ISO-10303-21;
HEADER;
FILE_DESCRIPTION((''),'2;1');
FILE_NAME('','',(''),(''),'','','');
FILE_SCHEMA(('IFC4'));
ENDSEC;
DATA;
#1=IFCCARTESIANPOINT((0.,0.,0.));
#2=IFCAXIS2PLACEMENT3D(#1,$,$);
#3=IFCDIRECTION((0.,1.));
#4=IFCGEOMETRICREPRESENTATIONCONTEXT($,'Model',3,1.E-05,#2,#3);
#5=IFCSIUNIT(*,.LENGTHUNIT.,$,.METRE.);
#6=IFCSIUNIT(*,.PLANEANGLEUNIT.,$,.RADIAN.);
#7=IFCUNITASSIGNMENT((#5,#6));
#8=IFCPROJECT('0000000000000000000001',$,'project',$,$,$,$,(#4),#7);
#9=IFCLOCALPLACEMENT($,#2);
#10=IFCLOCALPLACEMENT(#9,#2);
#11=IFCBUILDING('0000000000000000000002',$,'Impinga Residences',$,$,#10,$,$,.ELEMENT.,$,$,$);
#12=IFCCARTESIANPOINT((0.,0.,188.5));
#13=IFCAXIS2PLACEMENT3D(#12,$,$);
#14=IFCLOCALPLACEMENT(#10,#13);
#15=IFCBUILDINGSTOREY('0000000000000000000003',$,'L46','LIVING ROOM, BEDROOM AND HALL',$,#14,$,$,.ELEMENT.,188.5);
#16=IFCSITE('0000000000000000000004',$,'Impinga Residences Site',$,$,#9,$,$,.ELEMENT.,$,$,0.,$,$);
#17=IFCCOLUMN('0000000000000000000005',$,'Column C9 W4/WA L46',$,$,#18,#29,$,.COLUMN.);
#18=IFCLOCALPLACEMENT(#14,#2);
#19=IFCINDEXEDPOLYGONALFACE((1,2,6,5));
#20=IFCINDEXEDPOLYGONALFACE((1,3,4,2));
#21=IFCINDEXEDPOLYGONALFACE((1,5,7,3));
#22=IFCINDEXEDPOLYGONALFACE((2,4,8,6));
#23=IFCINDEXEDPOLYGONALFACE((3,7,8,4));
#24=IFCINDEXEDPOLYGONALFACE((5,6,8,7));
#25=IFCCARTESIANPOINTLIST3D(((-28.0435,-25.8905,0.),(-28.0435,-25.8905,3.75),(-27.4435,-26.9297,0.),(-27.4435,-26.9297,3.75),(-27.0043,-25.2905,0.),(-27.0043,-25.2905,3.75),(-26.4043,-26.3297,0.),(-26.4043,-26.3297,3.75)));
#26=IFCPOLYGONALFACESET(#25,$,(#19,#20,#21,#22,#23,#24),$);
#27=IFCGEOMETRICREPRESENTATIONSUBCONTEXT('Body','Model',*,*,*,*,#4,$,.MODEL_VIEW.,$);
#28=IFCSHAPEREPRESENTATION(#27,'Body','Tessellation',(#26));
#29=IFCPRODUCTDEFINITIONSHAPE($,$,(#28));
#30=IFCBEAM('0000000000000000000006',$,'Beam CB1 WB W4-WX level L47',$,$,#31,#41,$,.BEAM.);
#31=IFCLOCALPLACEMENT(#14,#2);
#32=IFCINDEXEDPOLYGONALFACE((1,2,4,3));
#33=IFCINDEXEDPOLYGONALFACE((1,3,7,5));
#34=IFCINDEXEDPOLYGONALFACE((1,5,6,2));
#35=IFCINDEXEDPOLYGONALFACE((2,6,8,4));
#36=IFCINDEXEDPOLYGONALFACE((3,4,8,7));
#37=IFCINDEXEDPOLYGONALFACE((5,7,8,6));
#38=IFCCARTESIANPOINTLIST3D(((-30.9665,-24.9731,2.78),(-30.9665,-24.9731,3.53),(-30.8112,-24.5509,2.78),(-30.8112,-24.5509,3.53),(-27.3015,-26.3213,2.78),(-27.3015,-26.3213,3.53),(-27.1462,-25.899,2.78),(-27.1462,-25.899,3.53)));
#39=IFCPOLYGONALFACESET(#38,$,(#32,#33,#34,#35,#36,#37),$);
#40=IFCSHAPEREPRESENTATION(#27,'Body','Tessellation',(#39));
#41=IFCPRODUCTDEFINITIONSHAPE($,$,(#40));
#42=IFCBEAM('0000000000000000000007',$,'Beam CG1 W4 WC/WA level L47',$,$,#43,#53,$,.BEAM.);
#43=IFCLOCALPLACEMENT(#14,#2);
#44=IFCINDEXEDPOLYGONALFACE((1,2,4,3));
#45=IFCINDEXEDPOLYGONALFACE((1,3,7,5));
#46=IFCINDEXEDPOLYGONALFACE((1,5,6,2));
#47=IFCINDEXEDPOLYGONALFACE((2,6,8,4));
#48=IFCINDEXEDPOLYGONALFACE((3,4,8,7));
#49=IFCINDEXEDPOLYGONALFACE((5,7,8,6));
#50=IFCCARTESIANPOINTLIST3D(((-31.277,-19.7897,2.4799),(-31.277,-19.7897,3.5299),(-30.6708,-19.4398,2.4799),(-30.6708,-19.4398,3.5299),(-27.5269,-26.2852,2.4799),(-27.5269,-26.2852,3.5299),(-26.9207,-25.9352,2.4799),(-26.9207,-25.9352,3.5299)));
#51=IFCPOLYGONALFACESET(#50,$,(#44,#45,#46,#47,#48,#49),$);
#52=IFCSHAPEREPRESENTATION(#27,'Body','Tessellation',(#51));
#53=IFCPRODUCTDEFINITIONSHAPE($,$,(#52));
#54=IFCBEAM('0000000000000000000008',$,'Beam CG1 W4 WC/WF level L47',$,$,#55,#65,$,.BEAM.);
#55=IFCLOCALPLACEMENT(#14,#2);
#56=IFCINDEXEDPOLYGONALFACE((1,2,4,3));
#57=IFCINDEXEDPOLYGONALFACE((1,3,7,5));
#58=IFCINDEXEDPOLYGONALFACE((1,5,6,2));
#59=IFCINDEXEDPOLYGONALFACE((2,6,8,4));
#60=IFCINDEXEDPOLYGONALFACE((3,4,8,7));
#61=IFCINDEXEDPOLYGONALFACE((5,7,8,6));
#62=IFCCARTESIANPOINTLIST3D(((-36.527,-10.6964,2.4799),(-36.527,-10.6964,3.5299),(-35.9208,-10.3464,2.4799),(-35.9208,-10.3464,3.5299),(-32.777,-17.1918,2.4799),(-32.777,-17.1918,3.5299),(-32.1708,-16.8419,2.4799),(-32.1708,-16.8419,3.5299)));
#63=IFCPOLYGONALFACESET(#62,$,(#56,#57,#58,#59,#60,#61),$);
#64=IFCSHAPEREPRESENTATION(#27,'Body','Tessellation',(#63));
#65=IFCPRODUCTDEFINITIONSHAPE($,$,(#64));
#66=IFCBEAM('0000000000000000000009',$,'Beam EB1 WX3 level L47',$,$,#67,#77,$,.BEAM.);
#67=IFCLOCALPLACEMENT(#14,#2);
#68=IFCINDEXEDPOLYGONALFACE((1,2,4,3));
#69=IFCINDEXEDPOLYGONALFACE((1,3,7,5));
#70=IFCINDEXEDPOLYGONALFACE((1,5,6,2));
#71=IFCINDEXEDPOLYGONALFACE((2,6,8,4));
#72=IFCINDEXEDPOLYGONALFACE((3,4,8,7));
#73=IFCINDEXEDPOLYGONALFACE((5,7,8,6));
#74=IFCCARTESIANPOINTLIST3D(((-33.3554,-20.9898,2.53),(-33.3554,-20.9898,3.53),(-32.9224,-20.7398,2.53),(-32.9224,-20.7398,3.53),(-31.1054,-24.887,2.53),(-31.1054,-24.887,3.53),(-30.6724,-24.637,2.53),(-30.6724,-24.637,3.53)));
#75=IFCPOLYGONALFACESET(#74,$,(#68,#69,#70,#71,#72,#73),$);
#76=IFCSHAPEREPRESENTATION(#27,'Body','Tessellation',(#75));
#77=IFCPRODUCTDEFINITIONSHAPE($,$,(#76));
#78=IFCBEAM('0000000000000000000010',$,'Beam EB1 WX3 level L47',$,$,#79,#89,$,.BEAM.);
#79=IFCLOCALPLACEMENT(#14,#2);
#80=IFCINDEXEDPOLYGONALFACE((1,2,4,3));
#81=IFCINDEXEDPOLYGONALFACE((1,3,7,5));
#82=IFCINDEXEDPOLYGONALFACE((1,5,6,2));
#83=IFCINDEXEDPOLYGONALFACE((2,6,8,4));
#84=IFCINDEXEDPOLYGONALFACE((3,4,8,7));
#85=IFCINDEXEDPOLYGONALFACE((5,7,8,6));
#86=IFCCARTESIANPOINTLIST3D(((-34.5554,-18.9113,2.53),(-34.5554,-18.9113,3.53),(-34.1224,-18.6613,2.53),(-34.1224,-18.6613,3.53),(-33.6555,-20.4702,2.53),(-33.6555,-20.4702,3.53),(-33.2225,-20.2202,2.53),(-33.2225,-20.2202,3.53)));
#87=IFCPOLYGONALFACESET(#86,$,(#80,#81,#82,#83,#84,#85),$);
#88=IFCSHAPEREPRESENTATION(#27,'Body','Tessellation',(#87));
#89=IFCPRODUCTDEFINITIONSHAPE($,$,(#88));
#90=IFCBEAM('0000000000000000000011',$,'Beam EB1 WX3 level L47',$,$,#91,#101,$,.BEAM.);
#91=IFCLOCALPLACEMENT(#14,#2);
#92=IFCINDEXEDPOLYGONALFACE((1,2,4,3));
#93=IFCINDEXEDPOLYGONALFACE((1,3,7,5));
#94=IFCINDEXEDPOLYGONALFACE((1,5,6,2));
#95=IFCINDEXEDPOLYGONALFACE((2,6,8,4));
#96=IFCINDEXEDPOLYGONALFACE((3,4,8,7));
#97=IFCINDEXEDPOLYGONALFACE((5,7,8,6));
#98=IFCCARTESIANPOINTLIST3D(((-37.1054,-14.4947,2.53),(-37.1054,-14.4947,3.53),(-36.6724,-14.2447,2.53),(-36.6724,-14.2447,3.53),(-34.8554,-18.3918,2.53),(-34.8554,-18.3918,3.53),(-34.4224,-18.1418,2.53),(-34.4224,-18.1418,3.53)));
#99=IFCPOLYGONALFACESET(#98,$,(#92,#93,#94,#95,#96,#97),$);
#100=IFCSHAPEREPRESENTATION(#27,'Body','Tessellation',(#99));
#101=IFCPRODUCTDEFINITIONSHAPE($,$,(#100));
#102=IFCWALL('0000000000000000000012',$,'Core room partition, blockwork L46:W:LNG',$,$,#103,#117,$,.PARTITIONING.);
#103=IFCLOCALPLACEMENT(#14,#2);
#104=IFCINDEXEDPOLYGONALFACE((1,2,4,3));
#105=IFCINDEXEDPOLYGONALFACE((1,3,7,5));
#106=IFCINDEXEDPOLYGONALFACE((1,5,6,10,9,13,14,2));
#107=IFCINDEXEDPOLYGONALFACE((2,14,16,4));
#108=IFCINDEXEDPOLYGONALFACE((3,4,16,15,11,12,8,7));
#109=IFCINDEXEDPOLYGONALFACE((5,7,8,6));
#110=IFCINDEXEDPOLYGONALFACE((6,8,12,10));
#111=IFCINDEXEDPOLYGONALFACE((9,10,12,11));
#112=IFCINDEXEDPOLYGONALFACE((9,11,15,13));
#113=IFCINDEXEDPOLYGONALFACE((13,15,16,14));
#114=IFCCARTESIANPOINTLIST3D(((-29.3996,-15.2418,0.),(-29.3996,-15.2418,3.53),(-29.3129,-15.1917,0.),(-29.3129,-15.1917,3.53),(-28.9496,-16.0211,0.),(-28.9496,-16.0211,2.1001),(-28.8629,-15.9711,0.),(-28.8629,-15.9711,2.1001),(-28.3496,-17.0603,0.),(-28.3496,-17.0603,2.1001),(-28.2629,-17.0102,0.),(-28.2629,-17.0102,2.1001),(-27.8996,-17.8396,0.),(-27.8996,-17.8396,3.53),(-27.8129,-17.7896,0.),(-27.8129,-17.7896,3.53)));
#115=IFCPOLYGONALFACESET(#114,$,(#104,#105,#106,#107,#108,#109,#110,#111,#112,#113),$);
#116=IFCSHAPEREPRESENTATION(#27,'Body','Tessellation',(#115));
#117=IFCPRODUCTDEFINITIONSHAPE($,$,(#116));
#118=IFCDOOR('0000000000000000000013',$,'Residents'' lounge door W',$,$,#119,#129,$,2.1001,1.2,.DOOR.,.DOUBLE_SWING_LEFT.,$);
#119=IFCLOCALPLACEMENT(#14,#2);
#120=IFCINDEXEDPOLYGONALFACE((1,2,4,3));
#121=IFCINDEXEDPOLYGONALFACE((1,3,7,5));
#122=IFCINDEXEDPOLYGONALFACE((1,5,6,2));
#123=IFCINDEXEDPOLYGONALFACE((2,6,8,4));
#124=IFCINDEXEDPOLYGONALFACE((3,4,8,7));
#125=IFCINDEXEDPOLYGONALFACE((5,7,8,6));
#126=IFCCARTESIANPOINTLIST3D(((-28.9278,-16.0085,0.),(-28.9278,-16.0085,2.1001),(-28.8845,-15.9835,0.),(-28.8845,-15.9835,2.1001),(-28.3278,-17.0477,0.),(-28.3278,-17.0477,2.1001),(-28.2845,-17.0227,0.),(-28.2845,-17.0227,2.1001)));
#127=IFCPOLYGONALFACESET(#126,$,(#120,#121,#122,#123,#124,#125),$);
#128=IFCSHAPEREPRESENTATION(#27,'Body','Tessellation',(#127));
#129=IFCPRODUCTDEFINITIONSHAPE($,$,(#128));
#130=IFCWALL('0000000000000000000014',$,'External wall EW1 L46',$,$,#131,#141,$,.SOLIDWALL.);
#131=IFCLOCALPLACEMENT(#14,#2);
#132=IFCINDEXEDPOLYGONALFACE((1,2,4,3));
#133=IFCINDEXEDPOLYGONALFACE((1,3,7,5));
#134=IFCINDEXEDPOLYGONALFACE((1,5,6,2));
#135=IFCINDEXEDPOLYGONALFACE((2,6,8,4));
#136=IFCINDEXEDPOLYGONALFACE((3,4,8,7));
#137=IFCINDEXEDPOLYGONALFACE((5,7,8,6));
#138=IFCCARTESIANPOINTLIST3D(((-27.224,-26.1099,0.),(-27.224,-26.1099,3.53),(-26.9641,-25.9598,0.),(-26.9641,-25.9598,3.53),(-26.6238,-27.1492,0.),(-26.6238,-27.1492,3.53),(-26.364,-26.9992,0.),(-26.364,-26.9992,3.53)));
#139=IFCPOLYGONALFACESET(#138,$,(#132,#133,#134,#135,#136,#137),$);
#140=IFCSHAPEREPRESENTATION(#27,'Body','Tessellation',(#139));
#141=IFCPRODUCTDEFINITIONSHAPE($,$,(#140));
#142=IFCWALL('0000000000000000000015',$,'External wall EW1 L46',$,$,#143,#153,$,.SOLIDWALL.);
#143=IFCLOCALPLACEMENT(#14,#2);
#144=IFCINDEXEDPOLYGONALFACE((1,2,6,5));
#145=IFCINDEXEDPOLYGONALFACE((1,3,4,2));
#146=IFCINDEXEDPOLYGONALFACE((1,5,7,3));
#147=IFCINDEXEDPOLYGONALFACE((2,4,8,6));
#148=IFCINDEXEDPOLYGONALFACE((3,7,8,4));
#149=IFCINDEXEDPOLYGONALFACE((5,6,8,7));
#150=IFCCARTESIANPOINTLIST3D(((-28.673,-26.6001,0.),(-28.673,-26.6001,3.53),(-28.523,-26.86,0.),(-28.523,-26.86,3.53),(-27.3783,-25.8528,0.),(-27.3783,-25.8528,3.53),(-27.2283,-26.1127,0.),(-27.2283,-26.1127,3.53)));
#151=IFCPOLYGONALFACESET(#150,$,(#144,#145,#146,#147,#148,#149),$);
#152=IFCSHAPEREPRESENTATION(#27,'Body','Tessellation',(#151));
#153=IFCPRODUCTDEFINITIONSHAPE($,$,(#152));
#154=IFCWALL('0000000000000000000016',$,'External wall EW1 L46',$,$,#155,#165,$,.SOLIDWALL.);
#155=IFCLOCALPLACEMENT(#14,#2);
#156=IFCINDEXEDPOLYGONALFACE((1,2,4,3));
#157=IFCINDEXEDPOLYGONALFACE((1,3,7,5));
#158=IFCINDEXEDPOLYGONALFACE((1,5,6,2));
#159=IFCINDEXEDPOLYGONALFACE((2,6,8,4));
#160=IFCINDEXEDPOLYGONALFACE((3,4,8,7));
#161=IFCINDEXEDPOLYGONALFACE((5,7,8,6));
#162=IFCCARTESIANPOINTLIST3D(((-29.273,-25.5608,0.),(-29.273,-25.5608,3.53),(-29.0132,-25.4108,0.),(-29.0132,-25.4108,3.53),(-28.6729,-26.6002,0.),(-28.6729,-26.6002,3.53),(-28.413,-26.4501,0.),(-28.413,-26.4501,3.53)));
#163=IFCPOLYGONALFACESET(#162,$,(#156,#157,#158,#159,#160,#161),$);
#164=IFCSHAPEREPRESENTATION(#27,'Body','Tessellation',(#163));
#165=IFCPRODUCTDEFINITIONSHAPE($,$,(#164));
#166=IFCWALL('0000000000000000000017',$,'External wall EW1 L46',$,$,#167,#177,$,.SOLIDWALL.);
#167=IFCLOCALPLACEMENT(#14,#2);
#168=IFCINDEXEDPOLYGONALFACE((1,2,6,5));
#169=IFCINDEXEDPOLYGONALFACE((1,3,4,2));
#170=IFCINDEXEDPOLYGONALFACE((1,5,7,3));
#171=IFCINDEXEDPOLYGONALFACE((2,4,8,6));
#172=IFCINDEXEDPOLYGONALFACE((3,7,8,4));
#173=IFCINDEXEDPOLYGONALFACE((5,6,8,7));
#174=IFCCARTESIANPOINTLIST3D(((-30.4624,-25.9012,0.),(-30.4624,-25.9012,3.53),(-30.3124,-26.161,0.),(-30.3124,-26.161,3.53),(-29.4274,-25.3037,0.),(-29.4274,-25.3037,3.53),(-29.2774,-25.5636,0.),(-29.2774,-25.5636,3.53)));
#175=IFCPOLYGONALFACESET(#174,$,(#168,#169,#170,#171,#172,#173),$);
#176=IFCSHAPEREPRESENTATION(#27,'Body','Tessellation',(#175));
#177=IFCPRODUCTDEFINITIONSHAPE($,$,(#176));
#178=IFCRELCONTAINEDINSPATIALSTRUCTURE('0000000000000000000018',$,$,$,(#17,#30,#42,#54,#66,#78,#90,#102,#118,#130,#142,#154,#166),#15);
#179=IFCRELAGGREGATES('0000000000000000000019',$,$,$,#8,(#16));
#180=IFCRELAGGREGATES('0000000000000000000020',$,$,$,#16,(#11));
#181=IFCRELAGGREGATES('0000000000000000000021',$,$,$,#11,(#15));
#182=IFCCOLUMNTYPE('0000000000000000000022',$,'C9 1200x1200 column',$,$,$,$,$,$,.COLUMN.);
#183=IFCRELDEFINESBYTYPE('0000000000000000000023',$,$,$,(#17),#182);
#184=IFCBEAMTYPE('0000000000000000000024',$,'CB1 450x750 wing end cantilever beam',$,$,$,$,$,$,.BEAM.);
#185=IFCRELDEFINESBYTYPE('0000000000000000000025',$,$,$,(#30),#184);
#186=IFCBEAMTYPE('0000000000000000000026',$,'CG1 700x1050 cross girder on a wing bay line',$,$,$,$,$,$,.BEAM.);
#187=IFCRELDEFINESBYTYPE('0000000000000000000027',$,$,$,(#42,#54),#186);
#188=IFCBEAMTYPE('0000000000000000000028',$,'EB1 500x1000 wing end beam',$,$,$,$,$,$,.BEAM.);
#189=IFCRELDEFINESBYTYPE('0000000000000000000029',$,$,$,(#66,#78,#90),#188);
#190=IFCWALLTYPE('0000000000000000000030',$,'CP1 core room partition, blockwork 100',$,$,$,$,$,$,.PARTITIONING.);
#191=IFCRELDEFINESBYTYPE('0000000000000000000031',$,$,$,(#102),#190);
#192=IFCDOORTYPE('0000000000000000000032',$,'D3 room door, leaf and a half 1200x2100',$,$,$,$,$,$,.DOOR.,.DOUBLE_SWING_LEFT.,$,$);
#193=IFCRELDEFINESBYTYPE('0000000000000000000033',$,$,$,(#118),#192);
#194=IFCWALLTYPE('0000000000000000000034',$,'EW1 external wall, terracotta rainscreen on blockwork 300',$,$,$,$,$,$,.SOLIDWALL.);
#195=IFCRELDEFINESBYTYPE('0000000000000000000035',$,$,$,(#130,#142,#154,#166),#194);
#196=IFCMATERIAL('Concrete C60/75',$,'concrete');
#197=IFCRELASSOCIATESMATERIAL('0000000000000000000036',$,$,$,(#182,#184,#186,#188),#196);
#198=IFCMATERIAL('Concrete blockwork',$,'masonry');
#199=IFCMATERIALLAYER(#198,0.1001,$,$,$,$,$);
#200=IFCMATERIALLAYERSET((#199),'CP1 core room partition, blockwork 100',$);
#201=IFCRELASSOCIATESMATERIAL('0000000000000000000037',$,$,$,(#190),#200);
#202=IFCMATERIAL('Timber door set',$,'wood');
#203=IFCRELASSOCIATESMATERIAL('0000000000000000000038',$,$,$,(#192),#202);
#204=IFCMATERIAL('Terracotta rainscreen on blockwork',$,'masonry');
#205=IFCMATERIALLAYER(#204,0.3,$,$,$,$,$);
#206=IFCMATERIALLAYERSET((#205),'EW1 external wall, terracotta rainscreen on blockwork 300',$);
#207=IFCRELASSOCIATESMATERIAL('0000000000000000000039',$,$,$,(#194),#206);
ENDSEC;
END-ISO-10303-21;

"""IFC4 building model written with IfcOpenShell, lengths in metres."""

from ifc_helpers import new_model, si_unit, direction, frame, frame_2d, origin, origin_2d, place, context, subcontext, project, spatial, rectangle, extrude, material, layer, layer_set, material_profile, profile_set, type_object, element, fill, save


model = new_model("IFC4")

# Units and contexts
model_context = context("Model", 3, precision=1e-05, world=origin(), true_north=direction((0.0, 1.0)))
body_context = subcontext(model_context, "Body", "Model", "MODEL_VIEW")
ifc_project = project(units=[si_unit("LENGTHUNIT", "METRE"), si_unit("PLANEANGLEUNIT", "RADIAN")], contexts=[model_context])

# Site, building, storey
site_placement = place(None, origin())
site = spatial("IfcSite", under=ifc_project, at=site_placement, Name="Impinga Residences Site", CompositionType="ELEMENT", RefElevation=0.0)
building_placement = place(site_placement, origin())
building = spatial("IfcBuilding", under=site, at=building_placement, Name="Impinga Residences", CompositionType="ELEMENT")
storey_placement = place(building_placement, frame((0.0, 0.0, 188.5)))
storey = spatial("IfcBuildingStorey", under=building, at=storey_placement, Name="L46", Description="LIVING ROOM, BEDROOM AND HALL", CompositionType="ELEMENT", Elevation=188.5)

# Column
ifc_material_1 = material(Name="Concrete C60/75", Category="concrete")
ifc_material_profile_1 = material_profile(ifc_material_1, rectangle(XDim=1.2, YDim=1.2, at=origin_2d()), Name="RC 1200x1200")
ifc_profile_set_1 = profile_set([ifc_material_profile_1], Name="Concrete C60/75")
column_type = type_object("IfcColumnType", Name="C9 1200x1200 column", PredefinedType="COLUMN", material=ifc_profile_set_1)
column_placement = place(storey_placement, frame((-27.2239, -26.1101, 0.0), z_axis=(0.0, 0.0, 1.0), x_axis=(-0.5, 0.866025, 0.0)))
element("IfcColumn", 1, at=column_placement, inside=storey, type_object=column_type, Name="Column C9 W4/WA L46", PredefinedType="COLUMN", context=body_context, shape_type="SweptSolid", body=[
    extrude(rectangle(XDim=1.2, YDim=1.2, at=origin_2d()), origin(), (0.0, 0.0, 1.0), 3.75),
])

# Beams
ifc_material_profile_2 = material_profile(ifc_material_1, rectangle(XDim=0.45, YDim=0.75, at=origin_2d()), Name="RC 450x750")
ifc_profile_set_2 = profile_set([ifc_material_profile_2], Name="Concrete C60/75")
beam_type_1 = type_object("IfcBeamType", Name="CB1 450x750 wing end cantilever beam", PredefinedType="BEAM", material=ifc_profile_set_2)
beam_1_placement = place(storey_placement, frame((-27.2239, -26.1101, 3.155), z_axis=(-0.93852, 0.345224, 0.0), x_axis=(-0.345224, -0.93852, 0.0)))
element("IfcBeam", 2, at=beam_1_placement, inside=storey, type_object=beam_type_1, Name="Beam CB1 WB W4-WX level L47", PredefinedType="BEAM", context=body_context, shape_type="SweptSolid", body=[
    extrude(rectangle(XDim=0.45, YDim=0.75, at=origin_2d()), origin(), (0.0, 0.0, 1.0), 3.905),
])
ifc_material_profile_3 = material_profile(ifc_material_1, rectangle(XDim=0.7, YDim=1.05, at=origin_2d()), Name="RC 700x1050")
ifc_profile_set_3 = profile_set([ifc_material_profile_3], Name="Concrete C60/75")
beam_type_2 = type_object("IfcBeamType", Name="CG1 700x1050 cross girder on a wing bay line", PredefinedType="BEAM", material=ifc_profile_set_3)
for number, where, z_axis, x_axis, name in (
    (3, (-30.9739, -19.6147, 3.0049), (0.49999, -0.866031, 0.0), (0.866031, 0.49999, 0.0), "Beam CG1 W4 WC/WA level L47"),
    (4, (-32.4739, -17.0168, 3.0049), (-0.49999, 0.866031, 0.0), (-0.866031, -0.49999, 0.0), "Beam CG1 W4 WC/WF level L47"),
):
    element("IfcBeam", number, at=place(storey_placement, frame(where, z_axis=z_axis, x_axis=x_axis)), inside=storey, type_object=beam_type_2, Name=name, PredefinedType="BEAM", context=body_context, shape_type="SweptSolid", body=[
        extrude(rectangle(XDim=0.7, YDim=1.05, at=origin_2d()), origin(), (0.0, 0.0, 1.0), 7.5002),
    ])
ifc_material_profile_4 = material_profile(ifc_material_1, rectangle(XDim=0.5, YDim=1.0, at=origin_2d()), Name="RC 500x1000")
ifc_profile_set_4 = profile_set([ifc_material_profile_4], Name="Concrete C60/75")
beam_type_3 = type_object("IfcBeamType", Name="EB1 500x1000 wing end beam", PredefinedType="BEAM", material=ifc_profile_set_4)
beam_2_placement = place(storey_placement, frame((-30.8889, -24.762, 3.03), z_axis=(-0.49999, 0.866031, 0.0), x_axis=(-0.866031, -0.49999, 0.0)))
element("IfcBeam", 5, at=beam_2_placement, inside=storey, type_object=beam_type_3, Name="Beam EB1 WX3 level L47", PredefinedType="BEAM", context=body_context, shape_type="SweptSolid", body=[
    extrude(rectangle(XDim=0.5, YDim=1.0, at=origin_2d()), origin(), (0.0, 0.0, 1.0), 4.5),
])
beam_3_placement = place(storey_placement, frame((-33.439, -20.3452, 3.03), z_axis=(-0.499961, 0.866048, 0.0), x_axis=(-0.866048, -0.499961, 0.0)))
element("IfcBeam", 6, at=beam_3_placement, inside=storey, type_object=beam_type_3, Name="Beam EB1 WX3 level L47", PredefinedType="BEAM", context=body_context, shape_type="SweptSolid", body=[
    extrude(rectangle(XDim=0.5, YDim=1.0, at=origin_2d()), origin(), (0.0, 0.0, 1.0), 1.8),
])
beam_4_placement = place(storey_placement, frame((-34.6389, -18.2668, 3.03), z_axis=(-0.49999, 0.866031, 0.0), x_axis=(-0.866031, -0.49999, 0.0)))
element("IfcBeam", 7, at=beam_4_placement, inside=storey, type_object=beam_type_3, Name="Beam EB1 WX3 level L47", PredefinedType="BEAM", context=body_context, shape_type="SweptSolid", body=[
    extrude(rectangle(XDim=0.5, YDim=1.0, at=origin_2d()), origin(), (0.0, 0.0, 1.0), 4.5),
])

# Wall, opening, door
ifc_material_2 = material(Name="Concrete blockwork", Category="masonry")
ifc_layer_1 = layer(ifc_material_2, 0.1001)
ifc_layer_set_1 = layer_set([ifc_layer_1], Name="CP1 core room partition, blockwork 100")
wall_type_1 = type_object("IfcWallType", Name="CP1 core room partition, blockwork 100", PredefinedType="PARTITIONING", material=ifc_layer_set_1)
wall_1_placement = place(storey_placement, frame((-27.8562, -17.8147, 0.0), z_axis=(0.0, 0.0, 1.0), x_axis=(-0.500025, 0.866011, 0.0)))
wall_1 = element("IfcWall", 8, at=wall_1_placement, inside=storey, type_object=wall_type_1, Name="Core room partition, blockwork L46:W:LNG", PredefinedType="PARTITIONING", context=body_context, shape_type="SweptSolid", body=[
    extrude(rectangle(XDim=2.9998, YDim=0.1001, at=frame_2d((1.5, 0.0))), origin(), (0.0, 0.0, 1.0), 3.53),
])
opening_1_placement = place(wall_1_placement, frame((0.8999, 0.0, 0.0)))
opening_1 = element("IfcOpeningElement", 9, at=opening_1_placement, cuts=wall_1, PredefinedType="OPENING", context=body_context, shape_type="SweptSolid", body=[
    extrude(rectangle(XDim=1.2, YDim=2.1001, at=frame_2d((0.6001, 1.05))), frame((0.0, 0.0601, 0.0), z_axis=(0.0, -1.0, 0.0), x_axis=(1.0, 0.0, 0.0)), (0.0, 0.0, 1.0), 0.1201),
])
ifc_material_3 = material(Name="Timber door set", Category="wood")
door_type_1 = type_object("IfcDoorType", Name="D3 room door, leaf and a half 1200x2100", OperationType="DOUBLE_SWING_LEFT", PredefinedType="DOOR", material=ifc_material_3)
door_1_placement = place(opening_1_placement, origin())
door_1 = element("IfcDoor", 10, at=door_1_placement, inside=storey, type_object=door_type_1, Name="Residents' lounge door W", OperationType="DOUBLE_SWING_LEFT", OverallHeight=2.1001, OverallWidth=1.2, PredefinedType="DOOR", context=body_context, shape_type="SweptSolid", body=[
    extrude(rectangle(XDim=1.2, YDim=2.1001, at=frame_2d((0.6001, 1.05))), frame((0.0, 0.0249, 0.0), z_axis=(0.0, -1.0, 0.0), x_axis=(1.0, 0.0, 0.0)), (0.0, 0.0, 1.0), 0.05),
])
fill(opening_1, door_1)

# Walls
ifc_material_4 = material(Name="Terracotta rainscreen on blockwork", Category="masonry")
ifc_layer_2 = layer(ifc_material_4, 0.3)
ifc_layer_set_2 = layer_set([ifc_layer_2], Name="EW1 external wall, terracotta rainscreen on blockwork 300")
wall_type_2 = type_object("IfcWallType", Name="EW1 external wall, terracotta rainscreen on blockwork 300", PredefinedType="SOLIDWALL", material=ifc_layer_set_2)
wall_2_placement = place(storey_placement, frame((-26.4939, -27.0742, 0.0), z_axis=(0.0, 0.0, 1.0), x_axis=(-0.500034, 0.866006, 0.0)))
element("IfcWall", 11, at=wall_2_placement, inside=storey, type_object=wall_type_2, Name="External wall EW1 L46", PredefinedType="SOLIDWALL", context=body_context, shape_type="SweptSolid", body=[
    extrude(rectangle(XDim=1.2002, YDim=0.3, at=frame_2d((0.6001, 0.0))), origin(), (0.0, 0.0, 1.0), 3.53),
])
wall_3_placement = place(storey_placement, frame((-27.3032, -25.9827, 0.0), z_axis=(0.0, 0.0, 1.0), x_axis=(-0.866074, -0.499916, 0.0)))
element("IfcWall", 12, at=wall_3_placement, inside=storey, type_object=wall_type_2, Name="External wall EW1 L46", PredefinedType="SOLIDWALL", context=body_context, shape_type="SweptSolid", body=[
    extrude(rectangle(XDim=1.4949, YDim=0.3, at=frame_2d((0.7476, 0.0))), origin(), (0.0, 0.0, 1.0), 3.53),
])
wall_4_placement = place(storey_placement, frame((-28.543, -26.5251, 0.0), z_axis=(0.0, 0.0, 1.0), x_axis=(-0.500034, 0.866006, 0.0)))
element("IfcWall", 13, at=wall_4_placement, inside=storey, type_object=wall_type_2, Name="External wall EW1 L46", PredefinedType="SOLIDWALL", context=body_context, shape_type="SweptSolid", body=[
    extrude(rectangle(XDim=1.2002, YDim=0.3, at=frame_2d((0.6001, 0.0))), origin(), (0.0, 0.0, 1.0), 3.53),
])
wall_5_placement = place(storey_placement, frame((-29.3523, -25.4336, 0.0), z_axis=(0.0, 0.0, 1.0), x_axis=(-0.86606, -0.499941, 0.0)))
element("IfcWall", 14, at=wall_5_placement, inside=storey, type_object=wall_type_2, Name="External wall EW1 L46", PredefinedType="SOLIDWALL", context=body_context, shape_type="SweptSolid", body=[
    extrude(rectangle(XDim=1.1951, YDim=0.3, at=frame_2d((0.5977, 0.0))), origin(), (0.0, 0.0, 1.0), 3.53),
])

save(model, "model.ifc")
